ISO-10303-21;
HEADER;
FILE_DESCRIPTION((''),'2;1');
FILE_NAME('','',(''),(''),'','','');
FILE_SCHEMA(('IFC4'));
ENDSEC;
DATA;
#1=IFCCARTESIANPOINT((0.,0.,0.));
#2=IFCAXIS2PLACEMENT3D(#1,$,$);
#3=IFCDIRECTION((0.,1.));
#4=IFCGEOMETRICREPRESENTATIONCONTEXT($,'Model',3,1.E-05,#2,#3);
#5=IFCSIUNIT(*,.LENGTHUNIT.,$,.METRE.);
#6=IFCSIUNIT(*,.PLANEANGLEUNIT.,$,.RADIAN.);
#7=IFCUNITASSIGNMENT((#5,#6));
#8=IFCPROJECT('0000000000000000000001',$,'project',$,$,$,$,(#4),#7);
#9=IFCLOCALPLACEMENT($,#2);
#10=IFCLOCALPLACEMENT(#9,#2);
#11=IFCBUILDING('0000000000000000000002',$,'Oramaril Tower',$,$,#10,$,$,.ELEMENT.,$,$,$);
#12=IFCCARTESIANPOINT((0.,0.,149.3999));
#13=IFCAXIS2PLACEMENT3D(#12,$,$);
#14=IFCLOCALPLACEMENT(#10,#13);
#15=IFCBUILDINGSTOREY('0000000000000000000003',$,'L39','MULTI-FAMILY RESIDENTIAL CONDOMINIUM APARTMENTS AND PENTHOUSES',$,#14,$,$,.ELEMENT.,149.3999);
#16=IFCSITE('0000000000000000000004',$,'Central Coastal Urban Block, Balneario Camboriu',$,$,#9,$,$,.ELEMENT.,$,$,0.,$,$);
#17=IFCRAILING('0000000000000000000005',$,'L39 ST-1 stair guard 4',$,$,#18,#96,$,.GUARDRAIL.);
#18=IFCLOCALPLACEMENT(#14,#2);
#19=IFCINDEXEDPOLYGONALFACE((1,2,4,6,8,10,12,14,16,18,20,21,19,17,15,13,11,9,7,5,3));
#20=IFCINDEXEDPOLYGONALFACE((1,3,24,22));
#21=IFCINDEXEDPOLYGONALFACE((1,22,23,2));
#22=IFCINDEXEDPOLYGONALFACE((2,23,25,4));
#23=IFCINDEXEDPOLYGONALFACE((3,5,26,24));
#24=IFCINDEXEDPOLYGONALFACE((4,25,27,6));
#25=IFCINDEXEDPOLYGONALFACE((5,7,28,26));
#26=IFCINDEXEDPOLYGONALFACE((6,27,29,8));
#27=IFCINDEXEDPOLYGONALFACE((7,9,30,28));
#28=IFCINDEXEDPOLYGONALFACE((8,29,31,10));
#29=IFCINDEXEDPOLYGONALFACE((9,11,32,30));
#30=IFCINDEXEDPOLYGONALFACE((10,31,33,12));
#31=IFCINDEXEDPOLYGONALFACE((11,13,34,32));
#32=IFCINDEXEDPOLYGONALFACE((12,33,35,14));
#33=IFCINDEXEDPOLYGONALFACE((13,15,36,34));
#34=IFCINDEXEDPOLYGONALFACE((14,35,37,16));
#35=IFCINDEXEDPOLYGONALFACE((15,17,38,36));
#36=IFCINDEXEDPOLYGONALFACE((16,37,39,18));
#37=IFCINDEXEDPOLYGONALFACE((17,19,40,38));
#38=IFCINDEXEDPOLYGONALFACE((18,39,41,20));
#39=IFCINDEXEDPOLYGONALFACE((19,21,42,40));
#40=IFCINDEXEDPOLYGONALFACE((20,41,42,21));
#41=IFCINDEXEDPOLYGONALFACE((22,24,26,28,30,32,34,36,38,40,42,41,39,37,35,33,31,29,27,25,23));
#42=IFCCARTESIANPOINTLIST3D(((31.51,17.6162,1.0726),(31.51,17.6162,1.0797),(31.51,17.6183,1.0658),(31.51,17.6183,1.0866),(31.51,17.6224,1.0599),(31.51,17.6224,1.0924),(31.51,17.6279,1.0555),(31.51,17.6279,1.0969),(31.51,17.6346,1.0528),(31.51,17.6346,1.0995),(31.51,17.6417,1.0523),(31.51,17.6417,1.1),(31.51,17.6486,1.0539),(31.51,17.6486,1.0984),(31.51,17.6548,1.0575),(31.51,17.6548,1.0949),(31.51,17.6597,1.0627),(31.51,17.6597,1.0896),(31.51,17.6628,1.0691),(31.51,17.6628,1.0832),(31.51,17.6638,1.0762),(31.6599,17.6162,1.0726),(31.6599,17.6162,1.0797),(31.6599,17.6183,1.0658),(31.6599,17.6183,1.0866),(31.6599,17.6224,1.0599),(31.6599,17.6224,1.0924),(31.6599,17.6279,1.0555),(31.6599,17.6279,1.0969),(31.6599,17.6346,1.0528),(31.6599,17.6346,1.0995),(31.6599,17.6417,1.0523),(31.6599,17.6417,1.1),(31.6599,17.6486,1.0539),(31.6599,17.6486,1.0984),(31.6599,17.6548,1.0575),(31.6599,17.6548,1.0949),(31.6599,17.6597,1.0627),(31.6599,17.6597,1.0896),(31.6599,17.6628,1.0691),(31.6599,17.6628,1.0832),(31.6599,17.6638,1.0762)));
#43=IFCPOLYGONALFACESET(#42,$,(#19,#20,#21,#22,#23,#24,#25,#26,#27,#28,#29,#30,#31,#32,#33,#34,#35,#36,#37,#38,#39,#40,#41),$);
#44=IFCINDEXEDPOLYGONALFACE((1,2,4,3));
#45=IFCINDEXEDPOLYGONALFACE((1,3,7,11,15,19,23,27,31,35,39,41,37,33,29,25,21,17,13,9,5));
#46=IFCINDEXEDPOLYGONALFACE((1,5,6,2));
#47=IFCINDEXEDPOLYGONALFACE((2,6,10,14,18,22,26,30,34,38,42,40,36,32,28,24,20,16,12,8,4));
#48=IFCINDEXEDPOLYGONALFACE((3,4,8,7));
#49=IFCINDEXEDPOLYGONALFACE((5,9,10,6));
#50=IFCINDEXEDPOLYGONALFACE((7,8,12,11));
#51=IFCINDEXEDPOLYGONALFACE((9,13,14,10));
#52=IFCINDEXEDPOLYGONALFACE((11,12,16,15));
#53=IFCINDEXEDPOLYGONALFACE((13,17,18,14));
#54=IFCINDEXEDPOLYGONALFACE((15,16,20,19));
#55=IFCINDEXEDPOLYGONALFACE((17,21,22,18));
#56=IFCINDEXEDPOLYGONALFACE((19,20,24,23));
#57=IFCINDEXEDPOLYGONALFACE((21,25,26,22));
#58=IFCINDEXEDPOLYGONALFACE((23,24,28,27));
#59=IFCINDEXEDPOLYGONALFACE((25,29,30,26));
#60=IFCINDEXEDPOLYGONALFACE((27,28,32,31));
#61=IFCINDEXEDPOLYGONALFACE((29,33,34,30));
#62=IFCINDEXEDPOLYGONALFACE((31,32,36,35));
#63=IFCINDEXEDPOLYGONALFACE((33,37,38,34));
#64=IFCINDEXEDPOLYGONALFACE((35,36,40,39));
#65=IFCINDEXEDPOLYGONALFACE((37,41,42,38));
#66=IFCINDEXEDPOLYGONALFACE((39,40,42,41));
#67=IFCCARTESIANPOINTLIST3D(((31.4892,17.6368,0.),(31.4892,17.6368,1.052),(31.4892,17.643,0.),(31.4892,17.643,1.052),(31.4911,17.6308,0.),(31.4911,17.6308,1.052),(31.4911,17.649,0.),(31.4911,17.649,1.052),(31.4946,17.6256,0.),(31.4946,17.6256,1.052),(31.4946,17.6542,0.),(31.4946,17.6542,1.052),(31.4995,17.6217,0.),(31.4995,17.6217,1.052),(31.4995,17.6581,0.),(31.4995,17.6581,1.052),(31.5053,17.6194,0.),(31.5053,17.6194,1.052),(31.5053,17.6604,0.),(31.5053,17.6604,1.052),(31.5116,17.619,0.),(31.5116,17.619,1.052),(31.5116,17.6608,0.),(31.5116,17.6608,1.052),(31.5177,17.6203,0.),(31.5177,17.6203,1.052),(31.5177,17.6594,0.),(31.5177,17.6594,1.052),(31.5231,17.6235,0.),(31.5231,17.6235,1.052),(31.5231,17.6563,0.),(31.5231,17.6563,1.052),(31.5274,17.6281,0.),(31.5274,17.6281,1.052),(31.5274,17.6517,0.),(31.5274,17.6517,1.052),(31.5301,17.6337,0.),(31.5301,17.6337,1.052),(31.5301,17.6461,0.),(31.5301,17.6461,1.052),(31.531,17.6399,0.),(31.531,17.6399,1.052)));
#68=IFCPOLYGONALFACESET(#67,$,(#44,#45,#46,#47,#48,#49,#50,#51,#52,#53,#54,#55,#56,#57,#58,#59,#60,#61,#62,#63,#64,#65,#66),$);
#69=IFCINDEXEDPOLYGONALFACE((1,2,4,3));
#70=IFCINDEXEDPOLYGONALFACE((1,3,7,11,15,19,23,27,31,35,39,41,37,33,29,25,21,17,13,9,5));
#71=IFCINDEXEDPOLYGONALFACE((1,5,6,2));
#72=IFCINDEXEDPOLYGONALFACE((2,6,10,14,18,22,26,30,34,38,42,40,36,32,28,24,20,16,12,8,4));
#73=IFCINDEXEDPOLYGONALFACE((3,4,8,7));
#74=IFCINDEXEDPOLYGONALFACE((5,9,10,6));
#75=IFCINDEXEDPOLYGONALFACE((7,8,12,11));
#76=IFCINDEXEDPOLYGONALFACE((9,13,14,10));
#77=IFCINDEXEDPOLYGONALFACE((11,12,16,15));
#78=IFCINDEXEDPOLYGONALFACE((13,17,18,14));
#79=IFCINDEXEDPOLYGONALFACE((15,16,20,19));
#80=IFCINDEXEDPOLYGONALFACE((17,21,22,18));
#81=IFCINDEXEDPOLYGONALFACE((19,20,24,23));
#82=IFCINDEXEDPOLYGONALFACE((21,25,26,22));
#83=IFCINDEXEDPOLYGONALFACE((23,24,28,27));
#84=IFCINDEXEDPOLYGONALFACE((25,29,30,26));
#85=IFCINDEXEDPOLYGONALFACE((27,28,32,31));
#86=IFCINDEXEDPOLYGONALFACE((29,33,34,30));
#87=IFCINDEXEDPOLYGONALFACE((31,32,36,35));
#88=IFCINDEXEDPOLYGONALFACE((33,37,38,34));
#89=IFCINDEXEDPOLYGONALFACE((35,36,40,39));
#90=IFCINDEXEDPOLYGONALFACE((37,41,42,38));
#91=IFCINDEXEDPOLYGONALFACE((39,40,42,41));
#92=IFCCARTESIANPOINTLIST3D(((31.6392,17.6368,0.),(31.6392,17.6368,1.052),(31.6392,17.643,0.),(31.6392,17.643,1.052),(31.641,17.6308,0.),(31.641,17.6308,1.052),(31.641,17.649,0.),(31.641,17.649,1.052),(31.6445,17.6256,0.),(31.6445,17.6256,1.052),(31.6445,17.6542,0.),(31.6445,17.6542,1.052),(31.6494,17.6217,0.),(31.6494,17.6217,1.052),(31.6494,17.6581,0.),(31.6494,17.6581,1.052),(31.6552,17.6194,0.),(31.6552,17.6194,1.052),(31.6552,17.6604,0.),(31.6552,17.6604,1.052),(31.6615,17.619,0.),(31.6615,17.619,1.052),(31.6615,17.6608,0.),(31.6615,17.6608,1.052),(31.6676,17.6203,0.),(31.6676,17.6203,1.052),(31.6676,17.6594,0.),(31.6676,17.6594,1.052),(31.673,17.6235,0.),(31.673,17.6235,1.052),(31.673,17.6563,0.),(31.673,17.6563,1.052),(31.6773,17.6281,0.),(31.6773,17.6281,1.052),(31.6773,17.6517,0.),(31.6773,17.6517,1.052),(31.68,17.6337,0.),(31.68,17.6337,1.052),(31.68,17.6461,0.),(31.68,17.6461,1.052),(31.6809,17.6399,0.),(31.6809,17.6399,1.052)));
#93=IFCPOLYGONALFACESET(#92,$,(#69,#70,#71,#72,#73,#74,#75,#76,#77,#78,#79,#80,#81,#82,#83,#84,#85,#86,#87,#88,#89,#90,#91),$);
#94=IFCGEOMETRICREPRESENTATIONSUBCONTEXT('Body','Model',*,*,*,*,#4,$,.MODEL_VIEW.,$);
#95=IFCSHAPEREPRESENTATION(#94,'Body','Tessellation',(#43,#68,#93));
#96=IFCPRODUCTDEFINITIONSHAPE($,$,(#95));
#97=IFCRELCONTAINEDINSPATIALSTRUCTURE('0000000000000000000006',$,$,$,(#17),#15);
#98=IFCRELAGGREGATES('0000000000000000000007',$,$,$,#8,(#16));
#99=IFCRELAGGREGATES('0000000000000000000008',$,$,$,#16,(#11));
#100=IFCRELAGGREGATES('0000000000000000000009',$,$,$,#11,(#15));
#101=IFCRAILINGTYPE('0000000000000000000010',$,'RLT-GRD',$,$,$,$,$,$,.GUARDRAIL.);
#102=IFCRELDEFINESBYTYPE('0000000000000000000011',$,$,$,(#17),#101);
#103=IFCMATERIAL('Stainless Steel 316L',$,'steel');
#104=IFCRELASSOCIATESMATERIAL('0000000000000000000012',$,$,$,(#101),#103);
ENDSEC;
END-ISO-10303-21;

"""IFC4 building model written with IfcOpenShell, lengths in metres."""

from ifc_helpers import new_model, si_unit, direction, frame, origin, origin_2d, place, context, subcontext, project, spatial, circle, extrude, material, type_object, element, save


model = new_model("IFC4")

# Units and contexts
model_context = context("Model", 3, precision=1e-05, world=origin(), true_north=direction((0.0, 1.0)))
body_context = subcontext(model_context, "Body", "Model", "MODEL_VIEW")
ifc_project = project(units=[si_unit("LENGTHUNIT", "METRE"), si_unit("PLANEANGLEUNIT", "RADIAN")], contexts=[model_context])

# Site, building, storey
site_placement = place(None, origin())
site = spatial("IfcSite", under=ifc_project, at=site_placement, Name="Central Coastal Urban Block, Balneario Camboriu", CompositionType="ELEMENT", RefElevation=0.0)
building_placement = place(site_placement, origin())
building = spatial("IfcBuilding", under=site, at=building_placement, Name="Oramaril Tower", CompositionType="ELEMENT")
storey_placement = place(building_placement, frame((0.0, 0.0, 149.3999)))
storey = spatial("IfcBuildingStorey", under=building, at=storey_placement, Name="L39", Description="MULTI-FAMILY RESIDENTIAL CONDOMINIUM APARTMENTS AND PENTHOUSES", CompositionType="ELEMENT", Elevation=149.3999)

# Railing
ifc_material_1 = material(Name="Stainless Steel 316L", Category="steel")
railing_type_1 = type_object("IfcRailingType", Name="RLT-GRD", PredefinedType="GUARDRAIL", material=ifc_material_1)
railing_1_placement = place(storey_placement, frame((31.51, 17.6399, 0.0)))
element("IfcRailing", 1, at=railing_1_placement, inside=storey, type_object=railing_type_1, Name="L39 ST-1 stair guard 4", PredefinedType="GUARDRAIL", context=body_context, shape_type="SweptSolid", body=[
    extrude(circle(Radius=0.0239, at=origin_2d()), frame((0.0, 0.0, 1.0762), z_axis=(1.0, 0.0, 0.0), x_axis=(0.0, 1.0, 0.0)), (0.0, 0.0, 1.0), 0.1499),
    extrude(circle(Radius=0.021, at=origin_2d()), origin(), (0.0, 0.0, 1.0), 1.052),
    extrude(circle(Radius=0.021, at=origin_2d()), frame((0.1499, 0.0, 0.0)), (0.0, 0.0, 1.0), 1.052),
])

save(model, "model.ifc")
